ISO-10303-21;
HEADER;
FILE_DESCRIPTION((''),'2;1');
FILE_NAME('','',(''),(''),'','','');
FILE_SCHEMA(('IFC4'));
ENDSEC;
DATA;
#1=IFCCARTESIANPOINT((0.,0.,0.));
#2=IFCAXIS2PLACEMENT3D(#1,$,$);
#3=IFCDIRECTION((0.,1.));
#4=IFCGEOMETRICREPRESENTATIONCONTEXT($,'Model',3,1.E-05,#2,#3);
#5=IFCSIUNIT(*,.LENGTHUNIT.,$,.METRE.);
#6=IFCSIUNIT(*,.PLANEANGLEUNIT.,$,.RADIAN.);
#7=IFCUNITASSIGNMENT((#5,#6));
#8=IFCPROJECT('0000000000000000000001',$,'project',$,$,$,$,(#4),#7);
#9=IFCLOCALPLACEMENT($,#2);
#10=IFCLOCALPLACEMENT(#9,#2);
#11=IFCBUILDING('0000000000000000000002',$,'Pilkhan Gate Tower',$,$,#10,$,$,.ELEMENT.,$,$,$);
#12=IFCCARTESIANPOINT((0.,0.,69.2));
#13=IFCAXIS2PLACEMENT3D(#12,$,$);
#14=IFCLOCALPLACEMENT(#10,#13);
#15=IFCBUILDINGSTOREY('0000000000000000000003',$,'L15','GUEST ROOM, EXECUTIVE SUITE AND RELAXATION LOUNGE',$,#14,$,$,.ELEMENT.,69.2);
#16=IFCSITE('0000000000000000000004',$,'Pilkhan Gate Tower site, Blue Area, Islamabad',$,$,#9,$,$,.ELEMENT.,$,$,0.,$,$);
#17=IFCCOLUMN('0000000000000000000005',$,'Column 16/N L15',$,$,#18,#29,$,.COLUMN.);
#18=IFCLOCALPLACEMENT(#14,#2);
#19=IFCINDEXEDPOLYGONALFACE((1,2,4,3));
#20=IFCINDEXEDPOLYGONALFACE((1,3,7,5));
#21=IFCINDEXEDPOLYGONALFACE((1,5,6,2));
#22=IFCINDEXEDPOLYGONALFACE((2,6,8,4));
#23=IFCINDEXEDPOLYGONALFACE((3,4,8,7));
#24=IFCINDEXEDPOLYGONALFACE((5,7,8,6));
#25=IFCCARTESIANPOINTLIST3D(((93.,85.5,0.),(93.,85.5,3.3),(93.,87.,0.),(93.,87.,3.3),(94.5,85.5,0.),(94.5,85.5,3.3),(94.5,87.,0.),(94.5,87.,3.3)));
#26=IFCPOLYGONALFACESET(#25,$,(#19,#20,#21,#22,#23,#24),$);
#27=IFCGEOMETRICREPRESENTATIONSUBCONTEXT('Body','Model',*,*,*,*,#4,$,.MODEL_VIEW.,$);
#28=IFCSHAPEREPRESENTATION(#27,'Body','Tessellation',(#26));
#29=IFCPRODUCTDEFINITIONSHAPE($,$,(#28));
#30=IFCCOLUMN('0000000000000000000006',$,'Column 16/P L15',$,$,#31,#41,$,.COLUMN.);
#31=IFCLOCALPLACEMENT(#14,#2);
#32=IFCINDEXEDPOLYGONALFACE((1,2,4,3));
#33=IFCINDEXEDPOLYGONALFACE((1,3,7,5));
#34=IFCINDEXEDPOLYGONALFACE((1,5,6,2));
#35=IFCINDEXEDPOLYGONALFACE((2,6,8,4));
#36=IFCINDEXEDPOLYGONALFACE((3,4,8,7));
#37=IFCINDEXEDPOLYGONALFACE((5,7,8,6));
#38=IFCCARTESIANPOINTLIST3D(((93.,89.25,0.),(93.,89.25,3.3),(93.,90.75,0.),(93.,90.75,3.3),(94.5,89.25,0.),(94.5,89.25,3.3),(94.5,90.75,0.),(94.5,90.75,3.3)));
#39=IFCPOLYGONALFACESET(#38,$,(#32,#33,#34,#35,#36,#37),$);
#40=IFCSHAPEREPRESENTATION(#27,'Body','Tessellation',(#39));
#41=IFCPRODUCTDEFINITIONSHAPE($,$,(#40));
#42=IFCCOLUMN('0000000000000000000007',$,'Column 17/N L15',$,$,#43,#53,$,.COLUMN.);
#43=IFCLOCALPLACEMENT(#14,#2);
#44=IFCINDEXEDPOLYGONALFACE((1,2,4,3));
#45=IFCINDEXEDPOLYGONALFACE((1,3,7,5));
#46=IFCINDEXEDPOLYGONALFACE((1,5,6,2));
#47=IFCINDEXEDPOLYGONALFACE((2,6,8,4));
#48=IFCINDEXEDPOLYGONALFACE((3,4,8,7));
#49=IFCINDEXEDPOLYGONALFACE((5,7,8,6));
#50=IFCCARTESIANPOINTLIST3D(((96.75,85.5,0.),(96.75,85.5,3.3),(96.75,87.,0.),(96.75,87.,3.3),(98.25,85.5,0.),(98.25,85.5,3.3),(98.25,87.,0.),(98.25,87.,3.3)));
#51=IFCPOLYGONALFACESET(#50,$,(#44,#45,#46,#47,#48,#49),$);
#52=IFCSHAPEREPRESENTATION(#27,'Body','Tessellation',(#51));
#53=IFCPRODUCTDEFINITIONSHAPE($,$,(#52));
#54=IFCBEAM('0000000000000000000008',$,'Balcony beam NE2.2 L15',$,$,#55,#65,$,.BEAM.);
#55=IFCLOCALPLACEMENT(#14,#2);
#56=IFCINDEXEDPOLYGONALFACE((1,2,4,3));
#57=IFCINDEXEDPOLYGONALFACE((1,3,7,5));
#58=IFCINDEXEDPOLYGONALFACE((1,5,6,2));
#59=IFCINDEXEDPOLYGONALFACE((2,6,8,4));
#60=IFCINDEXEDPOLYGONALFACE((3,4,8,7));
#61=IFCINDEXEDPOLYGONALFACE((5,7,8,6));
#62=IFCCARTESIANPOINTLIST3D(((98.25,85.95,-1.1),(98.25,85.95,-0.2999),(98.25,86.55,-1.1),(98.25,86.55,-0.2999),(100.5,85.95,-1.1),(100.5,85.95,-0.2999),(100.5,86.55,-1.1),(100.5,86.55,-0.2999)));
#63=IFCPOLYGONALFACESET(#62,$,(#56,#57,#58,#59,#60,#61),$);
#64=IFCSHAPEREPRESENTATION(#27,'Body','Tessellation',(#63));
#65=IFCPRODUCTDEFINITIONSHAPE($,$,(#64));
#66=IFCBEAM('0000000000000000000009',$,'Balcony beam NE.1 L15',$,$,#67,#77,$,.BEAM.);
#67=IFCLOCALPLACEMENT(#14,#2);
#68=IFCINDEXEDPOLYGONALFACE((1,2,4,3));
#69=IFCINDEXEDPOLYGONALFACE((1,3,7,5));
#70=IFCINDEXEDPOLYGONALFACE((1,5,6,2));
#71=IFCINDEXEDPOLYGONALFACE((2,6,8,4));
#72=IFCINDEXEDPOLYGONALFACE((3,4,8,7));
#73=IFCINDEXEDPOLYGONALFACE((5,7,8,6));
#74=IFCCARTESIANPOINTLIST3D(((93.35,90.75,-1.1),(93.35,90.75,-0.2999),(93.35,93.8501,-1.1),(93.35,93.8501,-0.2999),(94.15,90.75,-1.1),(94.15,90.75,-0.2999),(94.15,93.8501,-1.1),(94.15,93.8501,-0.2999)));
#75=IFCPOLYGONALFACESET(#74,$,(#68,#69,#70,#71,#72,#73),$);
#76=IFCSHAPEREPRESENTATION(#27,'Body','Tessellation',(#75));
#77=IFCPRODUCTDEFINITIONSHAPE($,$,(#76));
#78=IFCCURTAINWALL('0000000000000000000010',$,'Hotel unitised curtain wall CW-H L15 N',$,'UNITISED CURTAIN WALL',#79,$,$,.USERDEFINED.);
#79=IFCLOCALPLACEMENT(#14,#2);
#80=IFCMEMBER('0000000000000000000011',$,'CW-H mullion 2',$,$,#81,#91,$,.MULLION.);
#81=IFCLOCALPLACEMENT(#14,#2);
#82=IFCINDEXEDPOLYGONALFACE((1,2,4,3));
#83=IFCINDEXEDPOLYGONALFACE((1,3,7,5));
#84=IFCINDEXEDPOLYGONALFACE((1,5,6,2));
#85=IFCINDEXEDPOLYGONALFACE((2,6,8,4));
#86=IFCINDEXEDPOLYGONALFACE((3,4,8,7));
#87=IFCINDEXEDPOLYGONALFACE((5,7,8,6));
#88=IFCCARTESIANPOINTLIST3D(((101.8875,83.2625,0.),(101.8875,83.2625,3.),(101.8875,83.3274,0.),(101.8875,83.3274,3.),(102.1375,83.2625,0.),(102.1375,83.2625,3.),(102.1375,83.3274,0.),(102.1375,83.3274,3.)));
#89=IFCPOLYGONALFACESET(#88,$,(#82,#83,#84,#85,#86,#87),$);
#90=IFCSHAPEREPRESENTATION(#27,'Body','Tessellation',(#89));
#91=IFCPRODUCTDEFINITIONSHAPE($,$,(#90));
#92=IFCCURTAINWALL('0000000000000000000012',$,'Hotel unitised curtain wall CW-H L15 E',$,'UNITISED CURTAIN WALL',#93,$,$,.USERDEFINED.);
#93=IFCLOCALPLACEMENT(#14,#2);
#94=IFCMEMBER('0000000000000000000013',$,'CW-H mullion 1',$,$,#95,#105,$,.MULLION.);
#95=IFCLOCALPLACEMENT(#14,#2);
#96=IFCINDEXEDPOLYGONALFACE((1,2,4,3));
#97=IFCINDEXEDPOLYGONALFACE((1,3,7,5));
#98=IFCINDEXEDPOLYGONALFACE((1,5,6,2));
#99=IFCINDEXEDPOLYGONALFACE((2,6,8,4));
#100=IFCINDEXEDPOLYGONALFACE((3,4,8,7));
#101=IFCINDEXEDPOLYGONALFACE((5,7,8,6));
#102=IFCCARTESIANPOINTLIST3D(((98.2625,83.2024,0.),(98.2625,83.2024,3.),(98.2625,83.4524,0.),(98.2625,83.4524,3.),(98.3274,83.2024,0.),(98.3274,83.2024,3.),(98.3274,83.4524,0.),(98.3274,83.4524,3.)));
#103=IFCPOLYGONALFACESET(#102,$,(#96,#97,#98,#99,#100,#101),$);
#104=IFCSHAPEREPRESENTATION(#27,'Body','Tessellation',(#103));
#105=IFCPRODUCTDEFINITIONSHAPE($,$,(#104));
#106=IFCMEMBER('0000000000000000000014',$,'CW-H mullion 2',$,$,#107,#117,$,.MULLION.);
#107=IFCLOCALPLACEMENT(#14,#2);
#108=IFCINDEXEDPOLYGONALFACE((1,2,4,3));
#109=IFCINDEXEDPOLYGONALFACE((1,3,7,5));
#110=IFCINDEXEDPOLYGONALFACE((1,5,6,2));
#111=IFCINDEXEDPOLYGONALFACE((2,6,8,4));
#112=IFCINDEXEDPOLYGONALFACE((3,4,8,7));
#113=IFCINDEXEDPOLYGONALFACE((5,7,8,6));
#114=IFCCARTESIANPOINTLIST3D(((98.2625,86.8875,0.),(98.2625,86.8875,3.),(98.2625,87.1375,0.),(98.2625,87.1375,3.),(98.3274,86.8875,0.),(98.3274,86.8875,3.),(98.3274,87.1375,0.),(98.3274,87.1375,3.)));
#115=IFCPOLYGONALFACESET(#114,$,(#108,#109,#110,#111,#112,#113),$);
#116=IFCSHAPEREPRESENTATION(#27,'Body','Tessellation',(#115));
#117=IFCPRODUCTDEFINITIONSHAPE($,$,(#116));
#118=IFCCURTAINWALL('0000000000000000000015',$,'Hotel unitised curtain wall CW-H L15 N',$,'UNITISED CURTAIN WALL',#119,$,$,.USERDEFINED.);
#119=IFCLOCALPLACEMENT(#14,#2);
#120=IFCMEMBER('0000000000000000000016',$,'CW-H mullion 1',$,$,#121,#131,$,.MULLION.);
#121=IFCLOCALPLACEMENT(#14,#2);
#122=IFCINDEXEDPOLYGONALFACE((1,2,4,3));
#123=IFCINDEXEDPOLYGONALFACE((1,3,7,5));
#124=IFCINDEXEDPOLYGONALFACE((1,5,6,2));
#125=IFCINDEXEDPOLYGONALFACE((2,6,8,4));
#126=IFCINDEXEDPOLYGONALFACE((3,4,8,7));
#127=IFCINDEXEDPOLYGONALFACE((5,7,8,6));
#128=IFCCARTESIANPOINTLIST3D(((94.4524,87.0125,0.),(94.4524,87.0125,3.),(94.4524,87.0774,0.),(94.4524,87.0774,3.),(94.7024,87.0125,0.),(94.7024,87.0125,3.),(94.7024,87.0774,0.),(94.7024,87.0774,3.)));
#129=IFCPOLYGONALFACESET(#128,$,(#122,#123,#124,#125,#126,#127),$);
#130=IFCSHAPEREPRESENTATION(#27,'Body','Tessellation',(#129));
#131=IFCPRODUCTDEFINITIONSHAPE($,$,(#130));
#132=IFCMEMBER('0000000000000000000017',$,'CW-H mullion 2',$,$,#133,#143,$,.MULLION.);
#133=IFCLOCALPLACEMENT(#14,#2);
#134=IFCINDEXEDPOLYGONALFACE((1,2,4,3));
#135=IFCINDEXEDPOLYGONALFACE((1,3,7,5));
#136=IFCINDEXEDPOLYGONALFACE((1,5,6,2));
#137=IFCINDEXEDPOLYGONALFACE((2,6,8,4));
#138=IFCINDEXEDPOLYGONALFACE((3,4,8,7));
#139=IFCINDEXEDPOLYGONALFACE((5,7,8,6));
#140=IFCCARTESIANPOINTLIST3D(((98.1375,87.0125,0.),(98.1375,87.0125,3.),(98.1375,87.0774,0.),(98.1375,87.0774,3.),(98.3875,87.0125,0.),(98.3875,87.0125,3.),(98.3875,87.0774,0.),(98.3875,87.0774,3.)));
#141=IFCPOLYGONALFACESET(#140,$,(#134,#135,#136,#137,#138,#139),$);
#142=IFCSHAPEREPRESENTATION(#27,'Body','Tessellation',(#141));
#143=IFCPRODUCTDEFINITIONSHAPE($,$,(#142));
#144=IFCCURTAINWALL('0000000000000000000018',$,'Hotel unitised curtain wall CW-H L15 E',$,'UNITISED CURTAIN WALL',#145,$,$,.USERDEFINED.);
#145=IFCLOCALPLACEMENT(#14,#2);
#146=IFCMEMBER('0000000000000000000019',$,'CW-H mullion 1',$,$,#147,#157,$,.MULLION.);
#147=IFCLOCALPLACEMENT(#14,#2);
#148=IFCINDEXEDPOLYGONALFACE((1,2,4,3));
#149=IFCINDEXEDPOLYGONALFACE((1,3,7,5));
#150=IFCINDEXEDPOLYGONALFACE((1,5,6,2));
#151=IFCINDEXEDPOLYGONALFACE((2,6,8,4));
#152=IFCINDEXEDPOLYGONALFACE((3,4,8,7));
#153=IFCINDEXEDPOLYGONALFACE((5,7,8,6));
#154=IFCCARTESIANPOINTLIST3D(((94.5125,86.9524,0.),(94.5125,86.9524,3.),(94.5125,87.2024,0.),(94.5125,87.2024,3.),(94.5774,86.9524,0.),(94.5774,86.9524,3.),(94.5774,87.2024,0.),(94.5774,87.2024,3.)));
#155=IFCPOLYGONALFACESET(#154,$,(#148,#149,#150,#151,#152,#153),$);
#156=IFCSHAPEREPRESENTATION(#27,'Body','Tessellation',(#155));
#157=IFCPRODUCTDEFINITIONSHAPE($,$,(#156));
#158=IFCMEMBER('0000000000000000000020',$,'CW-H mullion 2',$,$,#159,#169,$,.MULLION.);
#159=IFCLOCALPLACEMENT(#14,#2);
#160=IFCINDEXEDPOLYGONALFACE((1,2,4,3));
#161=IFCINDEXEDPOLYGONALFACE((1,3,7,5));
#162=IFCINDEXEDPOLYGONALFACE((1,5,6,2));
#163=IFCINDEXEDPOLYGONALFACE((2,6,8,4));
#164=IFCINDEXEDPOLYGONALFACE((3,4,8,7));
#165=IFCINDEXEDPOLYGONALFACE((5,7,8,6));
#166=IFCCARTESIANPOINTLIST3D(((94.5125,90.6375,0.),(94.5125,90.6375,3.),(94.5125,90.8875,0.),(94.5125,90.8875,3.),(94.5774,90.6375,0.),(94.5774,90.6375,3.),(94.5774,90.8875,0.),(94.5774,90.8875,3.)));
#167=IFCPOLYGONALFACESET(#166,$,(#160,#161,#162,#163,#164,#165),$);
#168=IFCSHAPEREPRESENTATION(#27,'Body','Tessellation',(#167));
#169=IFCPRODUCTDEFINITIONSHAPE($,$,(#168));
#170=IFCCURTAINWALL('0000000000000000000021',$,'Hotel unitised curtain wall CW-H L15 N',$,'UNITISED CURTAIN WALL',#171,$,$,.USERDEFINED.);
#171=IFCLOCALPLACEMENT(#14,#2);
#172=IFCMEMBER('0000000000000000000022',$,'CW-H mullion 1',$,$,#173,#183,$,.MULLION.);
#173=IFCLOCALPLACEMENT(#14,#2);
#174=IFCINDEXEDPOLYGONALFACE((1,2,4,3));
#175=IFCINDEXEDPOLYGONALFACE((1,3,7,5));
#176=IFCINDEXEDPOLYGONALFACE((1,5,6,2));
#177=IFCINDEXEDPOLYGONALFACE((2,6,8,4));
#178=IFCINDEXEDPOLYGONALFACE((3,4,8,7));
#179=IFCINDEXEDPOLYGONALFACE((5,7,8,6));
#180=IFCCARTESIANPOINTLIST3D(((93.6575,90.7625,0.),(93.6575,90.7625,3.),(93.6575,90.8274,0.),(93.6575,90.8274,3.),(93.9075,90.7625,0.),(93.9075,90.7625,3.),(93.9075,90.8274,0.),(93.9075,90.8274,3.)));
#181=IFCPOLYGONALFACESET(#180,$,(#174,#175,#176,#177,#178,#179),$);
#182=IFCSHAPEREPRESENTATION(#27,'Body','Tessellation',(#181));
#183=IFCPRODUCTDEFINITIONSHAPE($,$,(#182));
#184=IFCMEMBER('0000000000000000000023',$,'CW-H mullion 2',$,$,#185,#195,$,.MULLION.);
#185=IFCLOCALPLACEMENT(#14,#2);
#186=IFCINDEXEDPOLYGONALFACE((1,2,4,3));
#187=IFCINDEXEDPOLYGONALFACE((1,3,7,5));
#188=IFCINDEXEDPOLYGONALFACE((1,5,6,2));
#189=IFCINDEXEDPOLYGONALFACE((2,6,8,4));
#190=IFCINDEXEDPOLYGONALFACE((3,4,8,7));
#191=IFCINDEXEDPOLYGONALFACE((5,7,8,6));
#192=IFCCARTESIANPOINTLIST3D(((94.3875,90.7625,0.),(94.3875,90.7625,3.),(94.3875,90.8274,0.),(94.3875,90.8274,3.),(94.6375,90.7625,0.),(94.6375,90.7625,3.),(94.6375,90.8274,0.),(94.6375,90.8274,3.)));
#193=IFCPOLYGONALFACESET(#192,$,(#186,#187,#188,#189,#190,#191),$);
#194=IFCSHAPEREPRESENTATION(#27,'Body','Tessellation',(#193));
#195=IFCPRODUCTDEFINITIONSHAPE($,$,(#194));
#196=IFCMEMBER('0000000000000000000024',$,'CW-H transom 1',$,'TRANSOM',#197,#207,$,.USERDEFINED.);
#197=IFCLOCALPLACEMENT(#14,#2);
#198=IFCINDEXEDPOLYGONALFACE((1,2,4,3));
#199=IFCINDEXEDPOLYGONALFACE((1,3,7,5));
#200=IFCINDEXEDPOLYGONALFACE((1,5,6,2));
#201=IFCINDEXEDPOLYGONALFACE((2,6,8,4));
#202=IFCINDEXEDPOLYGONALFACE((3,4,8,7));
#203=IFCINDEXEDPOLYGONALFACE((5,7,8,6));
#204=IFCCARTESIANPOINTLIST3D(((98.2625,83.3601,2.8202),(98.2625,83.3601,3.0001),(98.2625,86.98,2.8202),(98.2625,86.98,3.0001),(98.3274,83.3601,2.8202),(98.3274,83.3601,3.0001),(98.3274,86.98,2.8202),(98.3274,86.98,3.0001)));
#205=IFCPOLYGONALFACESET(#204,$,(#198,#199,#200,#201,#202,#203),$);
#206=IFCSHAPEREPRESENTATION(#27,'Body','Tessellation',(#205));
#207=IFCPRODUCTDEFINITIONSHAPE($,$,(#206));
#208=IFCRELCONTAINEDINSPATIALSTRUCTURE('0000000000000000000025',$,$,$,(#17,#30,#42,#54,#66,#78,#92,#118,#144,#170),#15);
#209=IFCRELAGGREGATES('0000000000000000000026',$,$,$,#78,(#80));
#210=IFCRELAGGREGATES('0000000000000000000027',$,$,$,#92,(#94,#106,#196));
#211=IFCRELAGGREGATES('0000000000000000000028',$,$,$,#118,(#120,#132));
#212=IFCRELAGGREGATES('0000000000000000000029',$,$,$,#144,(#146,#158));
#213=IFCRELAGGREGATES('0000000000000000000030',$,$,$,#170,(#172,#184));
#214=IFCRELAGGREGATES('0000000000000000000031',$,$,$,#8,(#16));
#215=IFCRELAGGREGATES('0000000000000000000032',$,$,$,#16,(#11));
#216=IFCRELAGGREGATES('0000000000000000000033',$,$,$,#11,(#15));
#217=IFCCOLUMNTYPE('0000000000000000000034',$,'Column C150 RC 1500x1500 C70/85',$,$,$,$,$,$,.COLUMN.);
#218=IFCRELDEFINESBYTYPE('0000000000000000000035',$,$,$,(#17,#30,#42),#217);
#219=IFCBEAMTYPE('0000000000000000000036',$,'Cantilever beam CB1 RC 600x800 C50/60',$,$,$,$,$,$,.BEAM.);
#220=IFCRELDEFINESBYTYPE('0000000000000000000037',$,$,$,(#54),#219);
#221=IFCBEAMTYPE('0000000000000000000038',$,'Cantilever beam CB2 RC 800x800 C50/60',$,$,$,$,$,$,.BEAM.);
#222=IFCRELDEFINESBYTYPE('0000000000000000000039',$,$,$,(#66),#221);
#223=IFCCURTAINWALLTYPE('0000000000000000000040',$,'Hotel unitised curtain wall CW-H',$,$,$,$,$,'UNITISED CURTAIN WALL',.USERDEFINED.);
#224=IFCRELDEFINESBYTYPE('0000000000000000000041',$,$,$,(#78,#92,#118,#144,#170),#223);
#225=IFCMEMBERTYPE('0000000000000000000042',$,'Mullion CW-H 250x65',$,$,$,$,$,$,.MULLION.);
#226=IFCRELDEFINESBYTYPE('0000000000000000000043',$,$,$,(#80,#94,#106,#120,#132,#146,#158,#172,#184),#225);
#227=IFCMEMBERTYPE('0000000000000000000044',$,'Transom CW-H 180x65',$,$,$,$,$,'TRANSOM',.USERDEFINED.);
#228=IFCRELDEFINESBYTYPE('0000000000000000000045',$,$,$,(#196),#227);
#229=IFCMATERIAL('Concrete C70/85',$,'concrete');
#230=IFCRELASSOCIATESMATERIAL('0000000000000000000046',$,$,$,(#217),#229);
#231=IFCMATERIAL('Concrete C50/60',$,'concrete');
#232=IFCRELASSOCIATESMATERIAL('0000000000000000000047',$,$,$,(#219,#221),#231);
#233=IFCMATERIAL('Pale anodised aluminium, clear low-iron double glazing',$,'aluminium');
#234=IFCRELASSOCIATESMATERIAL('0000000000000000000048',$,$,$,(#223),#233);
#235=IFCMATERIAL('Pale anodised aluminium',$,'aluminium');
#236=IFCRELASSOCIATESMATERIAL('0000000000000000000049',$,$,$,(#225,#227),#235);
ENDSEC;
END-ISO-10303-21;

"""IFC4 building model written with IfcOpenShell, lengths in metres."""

from ifc_helpers import new_model, si_unit, direction, frame, origin, origin_2d, place, context, subcontext, project, spatial, rectangle, extrude, material, material_profile, profile_set, type_object, element, aggregate, save


model = new_model("IFC4")

# Units and contexts
model_context = context("Model", 3, precision=1e-05, world=origin(), true_north=direction((0.0, 1.0)))
body_context = subcontext(model_context, "Body", "Model", "MODEL_VIEW")
ifc_project = project(units=[si_unit("LENGTHUNIT", "METRE"), si_unit("PLANEANGLEUNIT", "RADIAN")], contexts=[model_context])

# Site, building, storey
site_placement = place(None, origin())
site = spatial("IfcSite", under=ifc_project, at=site_placement, Name="Pilkhan Gate Tower site, Blue Area, Islamabad", CompositionType="ELEMENT", RefElevation=0.0)
building_placement = place(site_placement, origin())
building = spatial("IfcBuilding", under=site, at=building_placement, Name="Pilkhan Gate Tower", CompositionType="ELEMENT")
storey_placement = place(building_placement, frame((0.0, 0.0, 69.2)))
storey = spatial("IfcBuildingStorey", under=building, at=storey_placement, Name="L15", Description="GUEST ROOM, EXECUTIVE SUITE AND RELAXATION LOUNGE", CompositionType="ELEMENT", Elevation=69.2)

# Columns
ifc_material_1 = material(Name="Concrete C70/85", Category="concrete")
ifc_material_profile_1 = material_profile(ifc_material_1, rectangle(XDim=1.5, YDim=1.5, at=origin_2d()), Name="RC 1500x1500")
ifc_profile_set_1 = profile_set([ifc_material_profile_1], Name="Concrete C70/85")
column_type = type_object("IfcColumnType", Name="Column C150 RC 1500x1500 C70/85", PredefinedType="COLUMN", material=ifc_profile_set_1)
for number, where, z_axis, x_axis, name in (
    (1, (93.75, 86.25, 0.0), (0.0, 0.0, 1.0), (1.0, 0.0, 0.0), "Column 16/N L15"),
    (2, (93.75, 90.0, 0.0), (0.0, 0.0, 1.0), (1.0, 0.0, 0.0), "Column 16/P L15"),
    (3, (97.5, 86.25, 0.0), (0.0, 0.0, 1.0), (1.0, 0.0, 0.0), "Column 17/N L15"),
):
    element("IfcColumn", number, at=place(storey_placement, frame(where, z_axis=z_axis, x_axis=x_axis)), inside=storey, type_object=column_type, Name=name, PredefinedType="COLUMN", context=body_context, shape_type="SweptSolid", body=[
        extrude(rectangle(XDim=1.5, YDim=1.5, at=origin_2d()), origin(), (0.0, 0.0, 1.0), 3.3),
    ])

# Beams
ifc_material_2 = material(Name="Concrete C50/60", Category="concrete")
ifc_material_profile_2 = material_profile(ifc_material_2, rectangle(XDim=0.6001, YDim=0.8, at=origin_2d()), Name="RC 600x800")
ifc_profile_set_2 = profile_set([ifc_material_profile_2], Name="Concrete C50/60")
beam_type_1 = type_object("IfcBeamType", Name="Cantilever beam CB1 RC 600x800 C50/60", PredefinedType="BEAM", material=ifc_profile_set_2)
beam_1_placement = place(storey_placement, frame((98.25, 86.25, -0.7), z_axis=(1.0, 0.0, 0.0), x_axis=(0.0, 1.0, 0.0)))
element("IfcBeam", 4, at=beam_1_placement, inside=storey, type_object=beam_type_1, Name="Balcony beam NE2.2 L15", PredefinedType="BEAM", context=body_context, shape_type="SweptSolid", body=[
    extrude(rectangle(XDim=0.6001, YDim=0.8, at=origin_2d()), origin(), (0.0, 0.0, 1.0), 2.25),
])
ifc_material_profile_3 = material_profile(ifc_material_2, rectangle(XDim=0.8, YDim=0.8, at=origin_2d()), Name="RC 800x800")
ifc_profile_set_3 = profile_set([ifc_material_profile_3], Name="Concrete C50/60")
beam_type_2 = type_object("IfcBeamType", Name="Cantilever beam CB2 RC 800x800 C50/60", PredefinedType="BEAM", material=ifc_profile_set_3)
beam_2_placement = place(storey_placement, frame((93.75, 90.75, -0.7), z_axis=(0.0, 1.0, 0.0), x_axis=(-1.0, 0.0, 0.0)))
element("IfcBeam", 5, at=beam_2_placement, inside=storey, type_object=beam_type_2, Name="Balcony beam NE.1 L15", PredefinedType="BEAM", context=body_context, shape_type="SweptSolid", body=[
    extrude(rectangle(XDim=0.8, YDim=0.8, at=origin_2d()), origin(), (0.0, 0.0, 1.0), 3.1001),
])

# Curtain wall, member
ifc_material_3 = material(Name="Pale anodised aluminium, clear low-iron double glazing", Category="aluminium")
curtain_wall_type = type_object("IfcCurtainWallType", Name="Hotel unitised curtain wall CW-H", ElementType="UNITISED CURTAIN WALL", PredefinedType="USERDEFINED", material=ifc_material_3)
curtain_wall_1_placement = place(storey_placement, origin())
curtain_wall_1 = element("IfcCurtainWall", 6, at=curtain_wall_1_placement, inside=storey, type_object=curtain_wall_type, Name="Hotel unitised curtain wall CW-H L15 N", ObjectType="UNITISED CURTAIN WALL", PredefinedType="USERDEFINED")
ifc_material_4 = material(Name="Pale anodised aluminium", Category="aluminium")
ifc_material_profile_4 = material_profile(ifc_material_4, rectangle(XDim=0.0649, YDim=0.25, at=origin_2d()), Name="Mullion 250x65")
ifc_profile_set_4 = profile_set([ifc_material_profile_4], Name="Pale anodised aluminium")
member_type_1 = type_object("IfcMemberType", Name="Mullion CW-H 250x65", PredefinedType="MULLION", material=ifc_profile_set_4)
member_1_placement = place(storey_placement, frame((102.0125, 83.2949, 0.0), z_axis=(0.0, 0.0, 1.0), x_axis=(0.0, 1.0, 0.0)))
member_1 = element("IfcMember", 7, at=member_1_placement, type_object=member_type_1, Name="CW-H mullion 2", PredefinedType="MULLION", context=body_context, shape_type="SweptSolid", body=[
    extrude(rectangle(XDim=0.0649, YDim=0.25, at=origin_2d()), origin(), (0.0, 0.0, 1.0), 3.0),
])

# Curtain walls, members
curtain_wall_2_placement = place(storey_placement, origin())
curtain_wall_2 = element("IfcCurtainWall", 8, at=curtain_wall_2_placement, inside=storey, type_object=curtain_wall_type, Name="Hotel unitised curtain wall CW-H L15 E", ObjectType="UNITISED CURTAIN WALL", PredefinedType="USERDEFINED")
member_2_placement = place(storey_placement, frame((98.2949, 83.3274, 0.0), z_axis=(0.0, 0.0, 1.0), x_axis=(-1.0, 0.0, 0.0)))
member_2 = element("IfcMember", 9, at=member_2_placement, type_object=member_type_1, Name="CW-H mullion 1", PredefinedType="MULLION", context=body_context, shape_type="SweptSolid", body=[
    extrude(rectangle(XDim=0.0649, YDim=0.25, at=origin_2d()), origin(), (0.0, 0.0, 1.0), 3.0),
])
member_3_placement = place(storey_placement, frame((98.2949, 87.0125, 0.0), z_axis=(0.0, 0.0, 1.0), x_axis=(-1.0, 0.0, 0.0)))
member_3 = element("IfcMember", 10, at=member_3_placement, type_object=member_type_1, Name="CW-H mullion 2", PredefinedType="MULLION", context=body_context, shape_type="SweptSolid", body=[
    extrude(rectangle(XDim=0.0649, YDim=0.25, at=origin_2d()), origin(), (0.0, 0.0, 1.0), 3.0),
])
curtain_wall_3_placement = place(storey_placement, origin())
curtain_wall_3 = element("IfcCurtainWall", 11, at=curtain_wall_3_placement, inside=storey, type_object=curtain_wall_type, Name="Hotel unitised curtain wall CW-H L15 N", ObjectType="UNITISED CURTAIN WALL", PredefinedType="USERDEFINED")
member_4_placement = place(storey_placement, frame((94.5774, 87.0449, 0.0), z_axis=(0.0, 0.0, 1.0), x_axis=(0.0, 1.0, 0.0)))
member_4 = element("IfcMember", 12, at=member_4_placement, type_object=member_type_1, Name="CW-H mullion 1", PredefinedType="MULLION", context=body_context, shape_type="SweptSolid", body=[
    extrude(rectangle(XDim=0.0649, YDim=0.25, at=origin_2d()), origin(), (0.0, 0.0, 1.0), 3.0),
])
member_5_placement = place(storey_placement, frame((98.2625, 87.0449, 0.0), z_axis=(0.0, 0.0, 1.0), x_axis=(0.0, 1.0, 0.0)))
member_5 = element("IfcMember", 13, at=member_5_placement, type_object=member_type_1, Name="CW-H mullion 2", PredefinedType="MULLION", context=body_context, shape_type="SweptSolid", body=[
    extrude(rectangle(XDim=0.0649, YDim=0.25, at=origin_2d()), origin(), (0.0, 0.0, 1.0), 3.0),
])
curtain_wall_4_placement = place(storey_placement, origin())
curtain_wall_4 = element("IfcCurtainWall", 14, at=curtain_wall_4_placement, inside=storey, type_object=curtain_wall_type, Name="Hotel unitised curtain wall CW-H L15 E", ObjectType="UNITISED CURTAIN WALL", PredefinedType="USERDEFINED")
member_6_placement = place(storey_placement, frame((94.5449, 87.0774, 0.0), z_axis=(0.0, 0.0, 1.0), x_axis=(-1.0, 0.0, 0.0)))
member_6 = element("IfcMember", 15, at=member_6_placement, type_object=member_type_1, Name="CW-H mullion 1", PredefinedType="MULLION", context=body_context, shape_type="SweptSolid", body=[
    extrude(rectangle(XDim=0.0649, YDim=0.25, at=origin_2d()), origin(), (0.0, 0.0, 1.0), 3.0),
])
member_7_placement = place(storey_placement, frame((94.5449, 90.7625, 0.0), z_axis=(0.0, 0.0, 1.0), x_axis=(-1.0, 0.0, 0.0)))
member_7 = element("IfcMember", 16, at=member_7_placement, type_object=member_type_1, Name="CW-H mullion 2", PredefinedType="MULLION", context=body_context, shape_type="SweptSolid", body=[
    extrude(rectangle(XDim=0.0649, YDim=0.25, at=origin_2d()), origin(), (0.0, 0.0, 1.0), 3.0),
])
curtain_wall_5_placement = place(storey_placement, origin())
curtain_wall_5 = element("IfcCurtainWall", 17, at=curtain_wall_5_placement, inside=storey, type_object=curtain_wall_type, Name="Hotel unitised curtain wall CW-H L15 N", ObjectType="UNITISED CURTAIN WALL", PredefinedType="USERDEFINED")
member_8_placement = place(storey_placement, frame((93.7825, 90.7949, 0.0), z_axis=(0.0, 0.0, 1.0), x_axis=(0.0, 1.0, 0.0)))
member_8 = element("IfcMember", 18, at=member_8_placement, type_object=member_type_1, Name="CW-H mullion 1", PredefinedType="MULLION", context=body_context, shape_type="SweptSolid", body=[
    extrude(rectangle(XDim=0.0649, YDim=0.25, at=origin_2d()), origin(), (0.0, 0.0, 1.0), 3.0),
])
member_9_placement = place(storey_placement, frame((94.5125, 90.7949, 0.0), z_axis=(0.0, 0.0, 1.0), x_axis=(0.0, 1.0, 0.0)))
member_9 = element("IfcMember", 19, at=member_9_placement, type_object=member_type_1, Name="CW-H mullion 2", PredefinedType="MULLION", context=body_context, shape_type="SweptSolid", body=[
    extrude(rectangle(XDim=0.0649, YDim=0.25, at=origin_2d()), origin(), (0.0, 0.0, 1.0), 3.0),
])

# Member
ifc_material_profile_5 = material_profile(ifc_material_4, rectangle(XDim=0.0649, YDim=0.1799, at=origin_2d()), Name="Transom 180x65")
ifc_profile_set_5 = profile_set([ifc_material_profile_5], Name="Pale anodised aluminium")
member_type_2 = type_object("IfcMemberType", Name="Transom CW-H 180x65", ElementType="TRANSOM", PredefinedType="USERDEFINED", material=ifc_profile_set_5)
member_10_placement = place(storey_placement, frame((98.2949, 83.3601, 2.9102), z_axis=(0.0, 1.0, 0.0), x_axis=(-1.0, 0.0, 0.0)))
member_10 = element("IfcMember", 20, at=member_10_placement, type_object=member_type_2, Name="CW-H transom 1", ObjectType="TRANSOM", PredefinedType="USERDEFINED", context=body_context, shape_type="SweptSolid", body=[
    extrude(rectangle(XDim=0.0649, YDim=0.1799, at=origin_2d()), origin(), (0.0, 0.0, 1.0), 3.6199),
])

aggregate(curtain_wall_1, [member_1])
aggregate(curtain_wall_2, [member_2, member_3, member_10])
aggregate(curtain_wall_3, [member_4, member_5])
aggregate(curtain_wall_4, [member_6, member_7])
aggregate(curtain_wall_5, [member_8, member_9])

save(model, "model.ifc")
